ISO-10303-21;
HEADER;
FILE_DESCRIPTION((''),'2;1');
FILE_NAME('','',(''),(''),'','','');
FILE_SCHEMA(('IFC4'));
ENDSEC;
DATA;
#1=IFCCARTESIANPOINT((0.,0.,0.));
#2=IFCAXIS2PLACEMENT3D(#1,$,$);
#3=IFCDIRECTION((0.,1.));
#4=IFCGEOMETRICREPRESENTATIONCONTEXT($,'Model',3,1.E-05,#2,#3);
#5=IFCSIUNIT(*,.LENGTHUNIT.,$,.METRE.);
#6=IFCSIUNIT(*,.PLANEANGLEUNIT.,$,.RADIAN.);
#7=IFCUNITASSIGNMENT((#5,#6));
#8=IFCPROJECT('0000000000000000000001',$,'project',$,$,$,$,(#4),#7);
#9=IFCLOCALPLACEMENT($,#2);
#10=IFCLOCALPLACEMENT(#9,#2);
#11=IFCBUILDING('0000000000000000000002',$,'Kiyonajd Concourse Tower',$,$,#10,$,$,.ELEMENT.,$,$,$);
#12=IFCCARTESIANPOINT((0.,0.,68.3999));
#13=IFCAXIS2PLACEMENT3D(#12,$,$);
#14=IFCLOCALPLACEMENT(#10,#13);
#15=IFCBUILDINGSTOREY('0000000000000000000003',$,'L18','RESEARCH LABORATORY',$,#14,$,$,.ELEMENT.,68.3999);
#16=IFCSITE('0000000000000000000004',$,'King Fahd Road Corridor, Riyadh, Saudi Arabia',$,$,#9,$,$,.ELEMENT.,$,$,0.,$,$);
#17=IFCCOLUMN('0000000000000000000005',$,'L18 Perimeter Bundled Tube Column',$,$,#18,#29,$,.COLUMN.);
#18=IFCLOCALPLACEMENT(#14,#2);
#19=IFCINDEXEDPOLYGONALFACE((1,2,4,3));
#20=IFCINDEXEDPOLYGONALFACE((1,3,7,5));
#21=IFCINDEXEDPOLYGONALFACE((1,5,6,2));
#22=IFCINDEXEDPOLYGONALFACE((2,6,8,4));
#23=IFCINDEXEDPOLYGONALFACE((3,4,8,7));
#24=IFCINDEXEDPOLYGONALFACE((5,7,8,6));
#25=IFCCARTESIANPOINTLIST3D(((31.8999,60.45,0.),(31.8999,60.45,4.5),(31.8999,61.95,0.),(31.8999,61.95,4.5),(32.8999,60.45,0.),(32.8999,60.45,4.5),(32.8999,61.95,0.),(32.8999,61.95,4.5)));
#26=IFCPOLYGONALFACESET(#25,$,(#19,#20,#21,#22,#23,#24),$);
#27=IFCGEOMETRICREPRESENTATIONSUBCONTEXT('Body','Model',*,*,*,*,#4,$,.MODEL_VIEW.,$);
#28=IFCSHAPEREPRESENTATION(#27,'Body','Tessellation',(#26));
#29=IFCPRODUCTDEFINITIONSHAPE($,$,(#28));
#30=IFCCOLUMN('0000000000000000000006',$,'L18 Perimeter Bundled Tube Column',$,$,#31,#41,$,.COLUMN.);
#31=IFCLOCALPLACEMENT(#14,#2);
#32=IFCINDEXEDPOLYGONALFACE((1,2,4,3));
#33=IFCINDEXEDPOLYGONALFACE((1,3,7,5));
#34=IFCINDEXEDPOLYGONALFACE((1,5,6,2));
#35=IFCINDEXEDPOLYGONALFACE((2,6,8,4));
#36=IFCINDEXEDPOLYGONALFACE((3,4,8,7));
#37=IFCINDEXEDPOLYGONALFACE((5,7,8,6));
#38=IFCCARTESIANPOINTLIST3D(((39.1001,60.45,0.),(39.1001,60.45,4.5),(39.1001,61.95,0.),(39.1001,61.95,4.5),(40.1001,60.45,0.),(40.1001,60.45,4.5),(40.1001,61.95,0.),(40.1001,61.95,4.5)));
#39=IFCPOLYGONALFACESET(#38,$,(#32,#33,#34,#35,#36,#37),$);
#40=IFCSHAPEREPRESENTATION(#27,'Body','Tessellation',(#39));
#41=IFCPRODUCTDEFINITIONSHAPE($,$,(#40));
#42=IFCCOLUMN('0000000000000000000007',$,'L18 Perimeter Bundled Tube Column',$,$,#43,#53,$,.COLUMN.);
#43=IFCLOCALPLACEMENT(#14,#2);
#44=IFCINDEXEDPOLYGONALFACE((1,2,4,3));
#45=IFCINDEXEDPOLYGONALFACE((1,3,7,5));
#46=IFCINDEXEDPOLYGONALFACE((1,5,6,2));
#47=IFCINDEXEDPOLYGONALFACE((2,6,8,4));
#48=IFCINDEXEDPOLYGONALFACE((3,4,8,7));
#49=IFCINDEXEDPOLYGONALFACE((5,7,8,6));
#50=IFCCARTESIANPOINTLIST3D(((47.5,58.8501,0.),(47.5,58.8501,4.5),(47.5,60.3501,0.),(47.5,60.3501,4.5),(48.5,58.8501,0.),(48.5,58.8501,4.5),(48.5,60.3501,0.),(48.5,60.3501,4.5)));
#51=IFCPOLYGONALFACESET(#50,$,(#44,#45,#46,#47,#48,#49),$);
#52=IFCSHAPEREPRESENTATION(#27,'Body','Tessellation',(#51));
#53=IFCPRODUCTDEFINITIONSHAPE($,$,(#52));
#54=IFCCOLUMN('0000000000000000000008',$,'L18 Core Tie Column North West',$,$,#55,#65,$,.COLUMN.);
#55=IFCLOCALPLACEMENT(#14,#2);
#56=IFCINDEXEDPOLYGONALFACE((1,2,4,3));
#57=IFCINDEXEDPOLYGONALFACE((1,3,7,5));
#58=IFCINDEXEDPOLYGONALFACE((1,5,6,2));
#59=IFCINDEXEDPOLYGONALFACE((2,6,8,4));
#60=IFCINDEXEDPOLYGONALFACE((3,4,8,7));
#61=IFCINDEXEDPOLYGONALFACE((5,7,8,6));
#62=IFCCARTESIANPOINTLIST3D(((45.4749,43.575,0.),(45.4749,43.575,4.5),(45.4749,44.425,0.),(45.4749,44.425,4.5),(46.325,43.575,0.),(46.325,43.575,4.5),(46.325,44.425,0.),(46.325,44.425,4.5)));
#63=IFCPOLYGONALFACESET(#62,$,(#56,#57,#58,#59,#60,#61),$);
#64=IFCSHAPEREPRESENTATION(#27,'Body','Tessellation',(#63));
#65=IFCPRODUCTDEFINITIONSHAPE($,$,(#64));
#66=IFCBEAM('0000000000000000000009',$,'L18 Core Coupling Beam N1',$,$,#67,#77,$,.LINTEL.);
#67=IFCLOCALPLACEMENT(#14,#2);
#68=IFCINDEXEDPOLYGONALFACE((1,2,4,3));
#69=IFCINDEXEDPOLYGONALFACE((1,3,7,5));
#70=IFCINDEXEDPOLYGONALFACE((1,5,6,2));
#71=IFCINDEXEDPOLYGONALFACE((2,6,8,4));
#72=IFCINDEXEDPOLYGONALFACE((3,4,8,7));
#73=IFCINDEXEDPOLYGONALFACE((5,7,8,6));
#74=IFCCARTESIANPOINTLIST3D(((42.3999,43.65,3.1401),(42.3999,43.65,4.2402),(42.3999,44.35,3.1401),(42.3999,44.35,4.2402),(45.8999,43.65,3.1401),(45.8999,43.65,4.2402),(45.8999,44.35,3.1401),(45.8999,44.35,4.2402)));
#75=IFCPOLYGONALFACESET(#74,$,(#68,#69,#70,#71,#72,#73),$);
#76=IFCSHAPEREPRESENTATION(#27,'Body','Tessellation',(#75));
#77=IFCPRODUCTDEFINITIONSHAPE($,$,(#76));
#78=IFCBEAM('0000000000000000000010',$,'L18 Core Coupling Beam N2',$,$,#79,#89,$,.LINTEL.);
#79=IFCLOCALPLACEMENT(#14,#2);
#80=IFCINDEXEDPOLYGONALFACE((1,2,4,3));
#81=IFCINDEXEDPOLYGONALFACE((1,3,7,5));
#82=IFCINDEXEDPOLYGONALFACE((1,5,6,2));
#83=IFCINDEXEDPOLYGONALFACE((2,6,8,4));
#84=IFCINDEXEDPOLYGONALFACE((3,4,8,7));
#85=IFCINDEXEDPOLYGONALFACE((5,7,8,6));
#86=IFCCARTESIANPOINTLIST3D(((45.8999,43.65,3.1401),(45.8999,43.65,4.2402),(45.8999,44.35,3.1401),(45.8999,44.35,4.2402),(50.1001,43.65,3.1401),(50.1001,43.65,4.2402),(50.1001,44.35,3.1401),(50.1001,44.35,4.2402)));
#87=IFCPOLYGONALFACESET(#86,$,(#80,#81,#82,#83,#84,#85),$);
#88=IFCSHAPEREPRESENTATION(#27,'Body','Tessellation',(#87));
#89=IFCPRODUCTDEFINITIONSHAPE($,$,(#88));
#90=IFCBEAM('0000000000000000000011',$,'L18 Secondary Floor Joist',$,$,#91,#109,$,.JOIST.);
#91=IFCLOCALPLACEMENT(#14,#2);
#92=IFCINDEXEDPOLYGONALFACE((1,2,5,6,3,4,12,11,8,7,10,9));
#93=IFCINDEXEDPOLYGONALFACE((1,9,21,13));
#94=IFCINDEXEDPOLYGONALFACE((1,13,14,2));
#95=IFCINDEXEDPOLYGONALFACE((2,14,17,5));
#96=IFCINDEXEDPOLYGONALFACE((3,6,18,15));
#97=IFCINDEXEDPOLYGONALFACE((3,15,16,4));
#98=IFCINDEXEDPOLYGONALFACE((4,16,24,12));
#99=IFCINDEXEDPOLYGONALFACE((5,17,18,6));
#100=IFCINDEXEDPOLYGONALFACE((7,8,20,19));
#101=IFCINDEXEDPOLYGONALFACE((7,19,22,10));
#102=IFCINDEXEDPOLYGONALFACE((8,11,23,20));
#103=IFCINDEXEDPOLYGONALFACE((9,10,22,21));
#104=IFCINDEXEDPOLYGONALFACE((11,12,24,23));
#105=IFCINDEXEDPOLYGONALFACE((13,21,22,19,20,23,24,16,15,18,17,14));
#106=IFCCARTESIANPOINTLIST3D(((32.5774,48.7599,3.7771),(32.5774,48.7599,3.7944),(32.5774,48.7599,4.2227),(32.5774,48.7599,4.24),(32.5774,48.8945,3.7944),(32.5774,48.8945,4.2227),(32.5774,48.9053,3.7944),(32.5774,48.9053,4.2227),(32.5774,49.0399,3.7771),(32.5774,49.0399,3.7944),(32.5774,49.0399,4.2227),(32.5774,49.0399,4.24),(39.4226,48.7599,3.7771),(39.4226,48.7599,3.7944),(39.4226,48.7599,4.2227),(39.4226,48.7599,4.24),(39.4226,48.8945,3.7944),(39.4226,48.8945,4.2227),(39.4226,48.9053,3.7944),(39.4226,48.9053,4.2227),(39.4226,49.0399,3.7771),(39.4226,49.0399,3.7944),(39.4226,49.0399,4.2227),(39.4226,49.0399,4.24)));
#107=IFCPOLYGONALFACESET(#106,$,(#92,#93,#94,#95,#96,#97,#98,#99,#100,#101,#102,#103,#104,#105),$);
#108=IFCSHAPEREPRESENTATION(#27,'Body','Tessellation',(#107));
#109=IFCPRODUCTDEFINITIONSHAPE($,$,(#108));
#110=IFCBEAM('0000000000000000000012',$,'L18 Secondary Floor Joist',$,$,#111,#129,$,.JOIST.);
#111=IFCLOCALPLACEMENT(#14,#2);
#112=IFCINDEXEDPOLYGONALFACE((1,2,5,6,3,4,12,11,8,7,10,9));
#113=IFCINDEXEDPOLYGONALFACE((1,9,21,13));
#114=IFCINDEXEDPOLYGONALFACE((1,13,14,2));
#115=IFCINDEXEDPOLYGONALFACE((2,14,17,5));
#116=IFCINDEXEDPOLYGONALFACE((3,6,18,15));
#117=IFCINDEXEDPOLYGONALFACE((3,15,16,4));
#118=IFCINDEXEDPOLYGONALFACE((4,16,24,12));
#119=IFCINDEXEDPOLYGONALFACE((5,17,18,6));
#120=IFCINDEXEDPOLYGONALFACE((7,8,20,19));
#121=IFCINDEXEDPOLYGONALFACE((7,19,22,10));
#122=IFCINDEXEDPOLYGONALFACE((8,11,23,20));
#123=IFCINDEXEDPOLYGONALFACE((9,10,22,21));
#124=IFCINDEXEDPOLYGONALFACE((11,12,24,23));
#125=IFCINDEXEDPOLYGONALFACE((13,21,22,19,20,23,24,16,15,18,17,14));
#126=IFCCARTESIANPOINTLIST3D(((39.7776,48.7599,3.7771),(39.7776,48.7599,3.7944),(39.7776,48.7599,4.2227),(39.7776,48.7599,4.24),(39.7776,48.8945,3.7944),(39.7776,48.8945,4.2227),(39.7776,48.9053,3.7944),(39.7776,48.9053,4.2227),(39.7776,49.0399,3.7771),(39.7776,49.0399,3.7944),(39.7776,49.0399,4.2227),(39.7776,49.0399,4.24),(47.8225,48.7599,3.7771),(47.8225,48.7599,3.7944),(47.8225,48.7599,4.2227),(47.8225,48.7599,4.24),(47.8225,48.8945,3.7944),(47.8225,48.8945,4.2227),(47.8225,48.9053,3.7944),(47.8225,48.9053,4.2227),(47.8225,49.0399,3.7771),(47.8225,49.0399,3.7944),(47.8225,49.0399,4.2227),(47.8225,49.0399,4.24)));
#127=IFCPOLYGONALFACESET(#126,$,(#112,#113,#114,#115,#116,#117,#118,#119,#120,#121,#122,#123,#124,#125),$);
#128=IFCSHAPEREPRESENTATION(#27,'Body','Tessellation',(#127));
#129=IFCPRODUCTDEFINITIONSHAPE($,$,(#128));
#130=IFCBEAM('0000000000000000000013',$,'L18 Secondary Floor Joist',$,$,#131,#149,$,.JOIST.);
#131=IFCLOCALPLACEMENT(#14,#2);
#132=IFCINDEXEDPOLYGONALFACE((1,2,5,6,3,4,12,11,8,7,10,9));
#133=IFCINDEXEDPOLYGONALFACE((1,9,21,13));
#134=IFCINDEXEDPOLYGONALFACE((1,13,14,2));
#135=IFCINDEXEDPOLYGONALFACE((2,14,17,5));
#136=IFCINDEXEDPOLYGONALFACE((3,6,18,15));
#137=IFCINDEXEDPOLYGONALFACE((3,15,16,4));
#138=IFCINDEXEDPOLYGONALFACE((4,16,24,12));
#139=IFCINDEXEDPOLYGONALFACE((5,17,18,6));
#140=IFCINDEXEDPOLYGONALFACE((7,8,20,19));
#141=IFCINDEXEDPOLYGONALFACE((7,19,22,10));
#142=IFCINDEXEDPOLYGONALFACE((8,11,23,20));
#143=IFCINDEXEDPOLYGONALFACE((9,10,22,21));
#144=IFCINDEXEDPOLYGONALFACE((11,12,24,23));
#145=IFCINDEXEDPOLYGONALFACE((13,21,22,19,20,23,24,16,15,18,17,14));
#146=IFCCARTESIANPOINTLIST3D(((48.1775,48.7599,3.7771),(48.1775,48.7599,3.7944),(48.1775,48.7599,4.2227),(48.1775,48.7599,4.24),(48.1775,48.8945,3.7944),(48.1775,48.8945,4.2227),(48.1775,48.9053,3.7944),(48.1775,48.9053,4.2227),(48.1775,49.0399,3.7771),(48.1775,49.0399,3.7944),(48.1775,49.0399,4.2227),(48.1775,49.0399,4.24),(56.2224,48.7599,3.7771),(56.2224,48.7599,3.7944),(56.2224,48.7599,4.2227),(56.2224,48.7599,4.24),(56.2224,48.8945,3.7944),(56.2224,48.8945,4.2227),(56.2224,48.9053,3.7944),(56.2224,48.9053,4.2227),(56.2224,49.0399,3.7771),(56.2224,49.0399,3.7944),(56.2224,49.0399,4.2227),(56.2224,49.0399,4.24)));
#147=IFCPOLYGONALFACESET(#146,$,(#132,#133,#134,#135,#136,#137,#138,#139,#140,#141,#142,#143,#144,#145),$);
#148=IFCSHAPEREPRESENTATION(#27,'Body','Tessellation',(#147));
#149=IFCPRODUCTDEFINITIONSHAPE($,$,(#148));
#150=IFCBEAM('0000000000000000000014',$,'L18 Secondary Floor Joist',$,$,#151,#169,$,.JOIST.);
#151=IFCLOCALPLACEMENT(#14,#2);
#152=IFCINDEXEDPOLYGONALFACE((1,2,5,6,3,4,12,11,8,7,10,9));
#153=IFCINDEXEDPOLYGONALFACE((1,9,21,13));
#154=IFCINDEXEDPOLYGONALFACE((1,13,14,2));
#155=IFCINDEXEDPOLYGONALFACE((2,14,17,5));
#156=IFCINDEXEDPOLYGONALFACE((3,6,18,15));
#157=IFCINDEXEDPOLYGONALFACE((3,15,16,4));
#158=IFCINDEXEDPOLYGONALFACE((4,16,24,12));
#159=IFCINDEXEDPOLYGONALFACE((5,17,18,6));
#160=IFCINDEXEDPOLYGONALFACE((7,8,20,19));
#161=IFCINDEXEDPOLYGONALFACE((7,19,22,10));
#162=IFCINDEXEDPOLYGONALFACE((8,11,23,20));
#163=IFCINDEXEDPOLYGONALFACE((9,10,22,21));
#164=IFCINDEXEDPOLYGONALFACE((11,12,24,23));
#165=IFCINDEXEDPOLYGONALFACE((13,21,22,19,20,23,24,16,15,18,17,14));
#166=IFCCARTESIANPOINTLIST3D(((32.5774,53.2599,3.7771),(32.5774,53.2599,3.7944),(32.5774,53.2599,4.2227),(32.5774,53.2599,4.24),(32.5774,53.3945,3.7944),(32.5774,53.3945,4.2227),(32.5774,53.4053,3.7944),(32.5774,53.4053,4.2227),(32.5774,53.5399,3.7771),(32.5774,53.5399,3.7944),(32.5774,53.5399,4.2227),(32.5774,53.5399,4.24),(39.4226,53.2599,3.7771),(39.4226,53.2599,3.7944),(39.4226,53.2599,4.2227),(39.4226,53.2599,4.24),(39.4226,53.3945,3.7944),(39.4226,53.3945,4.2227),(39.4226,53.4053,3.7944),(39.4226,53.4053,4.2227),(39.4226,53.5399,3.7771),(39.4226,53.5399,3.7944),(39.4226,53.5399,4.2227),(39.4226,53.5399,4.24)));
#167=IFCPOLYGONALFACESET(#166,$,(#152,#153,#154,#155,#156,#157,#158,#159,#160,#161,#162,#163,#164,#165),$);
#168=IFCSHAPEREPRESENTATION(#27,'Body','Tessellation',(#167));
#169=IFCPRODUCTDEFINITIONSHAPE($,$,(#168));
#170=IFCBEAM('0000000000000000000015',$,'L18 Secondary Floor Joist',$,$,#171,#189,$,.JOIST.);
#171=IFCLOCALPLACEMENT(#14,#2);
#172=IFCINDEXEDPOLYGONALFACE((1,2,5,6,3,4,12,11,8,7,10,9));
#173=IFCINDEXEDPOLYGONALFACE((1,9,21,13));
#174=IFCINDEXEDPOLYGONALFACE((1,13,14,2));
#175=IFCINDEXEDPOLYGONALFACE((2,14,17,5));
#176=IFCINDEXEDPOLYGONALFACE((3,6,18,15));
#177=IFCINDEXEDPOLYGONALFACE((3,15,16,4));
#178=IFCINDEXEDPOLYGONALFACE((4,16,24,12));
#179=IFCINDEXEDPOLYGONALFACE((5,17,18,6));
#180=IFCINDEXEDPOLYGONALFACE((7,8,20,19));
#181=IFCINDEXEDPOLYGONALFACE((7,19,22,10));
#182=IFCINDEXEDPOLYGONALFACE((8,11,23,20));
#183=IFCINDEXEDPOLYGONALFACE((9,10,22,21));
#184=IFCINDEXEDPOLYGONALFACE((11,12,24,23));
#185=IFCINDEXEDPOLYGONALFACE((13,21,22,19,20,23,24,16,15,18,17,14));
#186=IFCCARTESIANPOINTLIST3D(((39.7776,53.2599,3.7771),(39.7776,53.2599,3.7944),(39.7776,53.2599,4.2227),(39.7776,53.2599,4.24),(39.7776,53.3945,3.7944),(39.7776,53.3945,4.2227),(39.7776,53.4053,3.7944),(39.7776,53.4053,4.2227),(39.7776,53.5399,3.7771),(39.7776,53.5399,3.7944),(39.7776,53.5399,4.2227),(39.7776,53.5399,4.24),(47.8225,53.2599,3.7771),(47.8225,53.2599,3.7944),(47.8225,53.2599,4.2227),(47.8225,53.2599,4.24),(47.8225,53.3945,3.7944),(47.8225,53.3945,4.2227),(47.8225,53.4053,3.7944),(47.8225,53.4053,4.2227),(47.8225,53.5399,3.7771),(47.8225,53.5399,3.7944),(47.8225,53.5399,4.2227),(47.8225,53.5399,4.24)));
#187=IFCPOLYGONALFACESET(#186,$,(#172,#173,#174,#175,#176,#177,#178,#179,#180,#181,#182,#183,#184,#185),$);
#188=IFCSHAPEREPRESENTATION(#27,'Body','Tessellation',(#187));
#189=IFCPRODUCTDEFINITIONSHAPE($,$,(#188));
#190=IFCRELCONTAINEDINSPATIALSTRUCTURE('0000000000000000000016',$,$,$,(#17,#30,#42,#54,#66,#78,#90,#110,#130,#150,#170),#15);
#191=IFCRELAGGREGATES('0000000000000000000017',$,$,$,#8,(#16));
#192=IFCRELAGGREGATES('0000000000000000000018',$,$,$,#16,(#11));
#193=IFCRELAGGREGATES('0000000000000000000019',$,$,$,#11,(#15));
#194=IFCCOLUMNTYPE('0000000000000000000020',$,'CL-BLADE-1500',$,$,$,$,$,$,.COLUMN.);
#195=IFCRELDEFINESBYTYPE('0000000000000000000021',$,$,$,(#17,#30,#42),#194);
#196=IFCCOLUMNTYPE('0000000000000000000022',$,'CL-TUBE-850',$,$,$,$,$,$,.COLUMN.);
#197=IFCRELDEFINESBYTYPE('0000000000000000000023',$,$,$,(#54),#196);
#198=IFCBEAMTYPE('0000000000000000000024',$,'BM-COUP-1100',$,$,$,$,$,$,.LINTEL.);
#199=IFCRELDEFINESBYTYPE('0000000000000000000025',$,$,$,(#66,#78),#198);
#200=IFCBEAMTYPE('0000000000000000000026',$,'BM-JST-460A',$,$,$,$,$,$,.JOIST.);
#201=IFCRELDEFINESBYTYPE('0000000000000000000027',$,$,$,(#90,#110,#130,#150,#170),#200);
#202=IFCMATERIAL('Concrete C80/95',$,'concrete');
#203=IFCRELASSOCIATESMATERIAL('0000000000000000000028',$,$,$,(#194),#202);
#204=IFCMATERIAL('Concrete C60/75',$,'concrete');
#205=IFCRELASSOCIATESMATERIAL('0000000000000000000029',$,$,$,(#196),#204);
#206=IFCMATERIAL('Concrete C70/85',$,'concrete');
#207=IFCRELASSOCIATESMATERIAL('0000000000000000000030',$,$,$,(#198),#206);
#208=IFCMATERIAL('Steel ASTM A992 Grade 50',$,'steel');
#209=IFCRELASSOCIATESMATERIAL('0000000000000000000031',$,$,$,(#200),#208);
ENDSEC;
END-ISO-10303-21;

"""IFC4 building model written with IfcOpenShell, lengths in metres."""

from ifc_helpers import new_model, si_unit, direction, frame, origin, origin_2d, place, context, subcontext, project, spatial, rectangle, i_section, extrude, material, material_profile, profile_set, type_object, element, save


model = new_model("IFC4")

# Units and contexts
model_context = context("Model", 3, precision=1e-05, world=origin(), true_north=direction((0.0, 1.0)))
body_context = subcontext(model_context, "Body", "Model", "MODEL_VIEW")
ifc_project = project(units=[si_unit("LENGTHUNIT", "METRE"), si_unit("PLANEANGLEUNIT", "RADIAN")], contexts=[model_context])

# Site, building, storey
site_placement = place(None, origin())
site = spatial("IfcSite", under=ifc_project, at=site_placement, Name="King Fahd Road Corridor, Riyadh, Saudi Arabia", CompositionType="ELEMENT", RefElevation=0.0)
building_placement = place(site_placement, origin())
building = spatial("IfcBuilding", under=site, at=building_placement, Name="Kiyonajd Concourse Tower", CompositionType="ELEMENT")
storey_placement = place(building_placement, frame((0.0, 0.0, 68.3999)))
storey = spatial("IfcBuildingStorey", under=building, at=storey_placement, Name="L18", Description="RESEARCH LABORATORY", CompositionType="ELEMENT", Elevation=68.3999)

# Columns
ifc_material_1 = material(Name="Concrete C80/95", Category="concrete")
ifc_material_profile_1 = material_profile(ifc_material_1, rectangle(XDim=1.0, YDim=1.5, at=origin_2d()), Name="RC-1500x1000")
ifc_profile_set_1 = profile_set([ifc_material_profile_1], Name="Concrete C80/95")
column_type_1 = type_object("IfcColumnType", Name="CL-BLADE-1500", PredefinedType="COLUMN", material=ifc_profile_set_1)
for number, where, z_axis, x_axis, name in (
    (1, (32.3999, 61.2, 0.0), (0.0, 0.0, 1.0), (1.0, 0.0, 0.0), "L18 Perimeter Bundled Tube Column"),
    (2, (39.6001, 61.2, 0.0), (0.0, 0.0, 1.0), (1.0, 0.0, 0.0), "L18 Perimeter Bundled Tube Column"),
    (3, (48.0, 59.6001, 0.0), (0.0, 0.0, 1.0), (1.0, 0.0, 0.0), "L18 Perimeter Bundled Tube Column"),
):
    element("IfcColumn", number, at=place(storey_placement, frame(where, z_axis=z_axis, x_axis=x_axis)), inside=storey, type_object=column_type_1, Name=name, PredefinedType="COLUMN", context=body_context, shape_type="SweptSolid", body=[
        extrude(rectangle(XDim=1.0, YDim=1.5, at=origin_2d()), origin(), (0.0, 0.0, 1.0), 4.5),
    ])
ifc_material_2 = material(Name="Concrete C60/75", Category="concrete")
ifc_material_profile_2 = material_profile(ifc_material_2, rectangle(XDim=0.8501, YDim=0.8501, at=origin_2d()), Name="RC-850x850")
ifc_profile_set_2 = profile_set([ifc_material_profile_2], Name="Concrete C60/75")
column_type_2 = type_object("IfcColumnType", Name="CL-TUBE-850", PredefinedType="COLUMN", material=ifc_profile_set_2)
column_placement = place(storey_placement, frame((45.8999, 44.0, 0.0), z_axis=(0.0, 0.0, 1.0), x_axis=(1.0, 0.0, 0.0)))
element("IfcColumn", 4, at=column_placement, inside=storey, type_object=column_type_2, Name="L18 Core Tie Column North West", PredefinedType="COLUMN", context=body_context, shape_type="SweptSolid", body=[
    extrude(rectangle(XDim=0.8501, YDim=0.8501, at=origin_2d()), origin(), (0.0, 0.0, 1.0), 4.5),
])

# Beams
ifc_material_3 = material(Name="Concrete C70/85", Category="concrete")
ifc_material_profile_3 = material_profile(ifc_material_3, rectangle(XDim=0.7, YDim=1.1001, at=origin_2d()), Name="RCBM-700x1100")
ifc_profile_set_3 = profile_set([ifc_material_profile_3], Name="Concrete C70/85")
beam_type_1 = type_object("IfcBeamType", Name="BM-COUP-1100", PredefinedType="LINTEL", material=ifc_profile_set_3)
beam_1_placement = place(storey_placement, frame((42.3999, 44.0, 3.6902), z_axis=(1.0, 0.0, 0.0), x_axis=(0.0, 1.0, 0.0)))
element("IfcBeam", 5, at=beam_1_placement, inside=storey, type_object=beam_type_1, Name="L18 Core Coupling Beam N1", PredefinedType="LINTEL", context=body_context, shape_type="SweptSolid", body=[
    extrude(rectangle(XDim=0.7, YDim=1.1001, at=origin_2d()), origin(), (0.0, 0.0, 1.0), 3.5),
])
beam_2_placement = place(storey_placement, frame((45.8999, 44.0, 3.6902), z_axis=(1.0, 0.0, 0.0), x_axis=(0.0, 1.0, 0.0)))
element("IfcBeam", 6, at=beam_2_placement, inside=storey, type_object=beam_type_1, Name="L18 Core Coupling Beam N2", PredefinedType="LINTEL", context=body_context, shape_type="SweptSolid", body=[
    extrude(rectangle(XDim=0.7, YDim=1.1001, at=origin_2d()), origin(), (0.0, 0.0, 1.0), 4.2002),
])
ifc_material_4 = material(Name="Steel ASTM A992 Grade 50", Category="steel")
ifc_material_profile_4 = material_profile(ifc_material_4, i_section(OverallWidth=0.28, OverallDepth=0.4629, WebThickness=0.0107, FlangeThickness=0.0173, at=origin_2d()), Name="W460X113")
ifc_profile_set_4 = profile_set([ifc_material_profile_4], Name="Steel ASTM A992 Grade 50")
beam_type_2 = type_object("IfcBeamType", Name="BM-JST-460A", PredefinedType="JOIST", material=ifc_profile_set_4)
beam_3_placement = place(storey_placement, frame((32.5774, 48.8999, 4.0085), z_axis=(1.0, 0.0, 0.0), x_axis=(0.0, 1.0, 0.0)))
element("IfcBeam", 7, at=beam_3_placement, inside=storey, type_object=beam_type_2, Name="L18 Secondary Floor Joist", PredefinedType="JOIST", context=body_context, shape_type="SweptSolid", body=[
    extrude(i_section(OverallWidth=0.28, OverallDepth=0.4629, WebThickness=0.0107, FlangeThickness=0.0173, at=origin_2d()), origin(), (0.0, 0.0, 1.0), 6.8452),
])
for number, where, z_axis, x_axis, name in (
    (8, (39.7776, 48.8999, 4.0085), (1.0, 0.0, 0.0), (0.0, 1.0, 0.0), "L18 Secondary Floor Joist"),
    (9, (48.1775, 48.8999, 4.0085), (1.0, 0.0, 0.0), (0.0, 1.0, 0.0), "L18 Secondary Floor Joist"),
):
    element("IfcBeam", number, at=place(storey_placement, frame(where, z_axis=z_axis, x_axis=x_axis)), inside=storey, type_object=beam_type_2, Name=name, PredefinedType="JOIST", context=body_context, shape_type="SweptSolid", body=[
        extrude(i_section(OverallWidth=0.28, OverallDepth=0.4629, WebThickness=0.0107, FlangeThickness=0.0173, at=origin_2d()), origin(), (0.0, 0.0, 1.0), 8.0449),
    ])
beam_4_placement = place(storey_placement, frame((32.5774, 53.3999, 4.0085), z_axis=(1.0, 0.0, 0.0), x_axis=(0.0, 1.0, 0.0)))
element("IfcBeam", 10, at=beam_4_placement, inside=storey, type_object=beam_type_2, Name="L18 Secondary Floor Joist", PredefinedType="JOIST", context=body_context, shape_type="SweptSolid", body=[
    extrude(i_section(OverallWidth=0.28, OverallDepth=0.4629, WebThickness=0.0107, FlangeThickness=0.0173, at=origin_2d()), origin(), (0.0, 0.0, 1.0), 6.8452),
])
beam_5_placement = place(storey_placement, frame((39.7776, 53.3999, 4.0085), z_axis=(1.0, 0.0, 0.0), x_axis=(0.0, 1.0, 0.0)))
element("IfcBeam", 11, at=beam_5_placement, inside=storey, type_object=beam_type_2, Name="L18 Secondary Floor Joist", PredefinedType="JOIST", context=body_context, shape_type="SweptSolid", body=[
    extrude(i_section(OverallWidth=0.28, OverallDepth=0.4629, WebThickness=0.0107, FlangeThickness=0.0173, at=origin_2d()), origin(), (0.0, 0.0, 1.0), 8.0449),
])

save(model, "model.ifc")
